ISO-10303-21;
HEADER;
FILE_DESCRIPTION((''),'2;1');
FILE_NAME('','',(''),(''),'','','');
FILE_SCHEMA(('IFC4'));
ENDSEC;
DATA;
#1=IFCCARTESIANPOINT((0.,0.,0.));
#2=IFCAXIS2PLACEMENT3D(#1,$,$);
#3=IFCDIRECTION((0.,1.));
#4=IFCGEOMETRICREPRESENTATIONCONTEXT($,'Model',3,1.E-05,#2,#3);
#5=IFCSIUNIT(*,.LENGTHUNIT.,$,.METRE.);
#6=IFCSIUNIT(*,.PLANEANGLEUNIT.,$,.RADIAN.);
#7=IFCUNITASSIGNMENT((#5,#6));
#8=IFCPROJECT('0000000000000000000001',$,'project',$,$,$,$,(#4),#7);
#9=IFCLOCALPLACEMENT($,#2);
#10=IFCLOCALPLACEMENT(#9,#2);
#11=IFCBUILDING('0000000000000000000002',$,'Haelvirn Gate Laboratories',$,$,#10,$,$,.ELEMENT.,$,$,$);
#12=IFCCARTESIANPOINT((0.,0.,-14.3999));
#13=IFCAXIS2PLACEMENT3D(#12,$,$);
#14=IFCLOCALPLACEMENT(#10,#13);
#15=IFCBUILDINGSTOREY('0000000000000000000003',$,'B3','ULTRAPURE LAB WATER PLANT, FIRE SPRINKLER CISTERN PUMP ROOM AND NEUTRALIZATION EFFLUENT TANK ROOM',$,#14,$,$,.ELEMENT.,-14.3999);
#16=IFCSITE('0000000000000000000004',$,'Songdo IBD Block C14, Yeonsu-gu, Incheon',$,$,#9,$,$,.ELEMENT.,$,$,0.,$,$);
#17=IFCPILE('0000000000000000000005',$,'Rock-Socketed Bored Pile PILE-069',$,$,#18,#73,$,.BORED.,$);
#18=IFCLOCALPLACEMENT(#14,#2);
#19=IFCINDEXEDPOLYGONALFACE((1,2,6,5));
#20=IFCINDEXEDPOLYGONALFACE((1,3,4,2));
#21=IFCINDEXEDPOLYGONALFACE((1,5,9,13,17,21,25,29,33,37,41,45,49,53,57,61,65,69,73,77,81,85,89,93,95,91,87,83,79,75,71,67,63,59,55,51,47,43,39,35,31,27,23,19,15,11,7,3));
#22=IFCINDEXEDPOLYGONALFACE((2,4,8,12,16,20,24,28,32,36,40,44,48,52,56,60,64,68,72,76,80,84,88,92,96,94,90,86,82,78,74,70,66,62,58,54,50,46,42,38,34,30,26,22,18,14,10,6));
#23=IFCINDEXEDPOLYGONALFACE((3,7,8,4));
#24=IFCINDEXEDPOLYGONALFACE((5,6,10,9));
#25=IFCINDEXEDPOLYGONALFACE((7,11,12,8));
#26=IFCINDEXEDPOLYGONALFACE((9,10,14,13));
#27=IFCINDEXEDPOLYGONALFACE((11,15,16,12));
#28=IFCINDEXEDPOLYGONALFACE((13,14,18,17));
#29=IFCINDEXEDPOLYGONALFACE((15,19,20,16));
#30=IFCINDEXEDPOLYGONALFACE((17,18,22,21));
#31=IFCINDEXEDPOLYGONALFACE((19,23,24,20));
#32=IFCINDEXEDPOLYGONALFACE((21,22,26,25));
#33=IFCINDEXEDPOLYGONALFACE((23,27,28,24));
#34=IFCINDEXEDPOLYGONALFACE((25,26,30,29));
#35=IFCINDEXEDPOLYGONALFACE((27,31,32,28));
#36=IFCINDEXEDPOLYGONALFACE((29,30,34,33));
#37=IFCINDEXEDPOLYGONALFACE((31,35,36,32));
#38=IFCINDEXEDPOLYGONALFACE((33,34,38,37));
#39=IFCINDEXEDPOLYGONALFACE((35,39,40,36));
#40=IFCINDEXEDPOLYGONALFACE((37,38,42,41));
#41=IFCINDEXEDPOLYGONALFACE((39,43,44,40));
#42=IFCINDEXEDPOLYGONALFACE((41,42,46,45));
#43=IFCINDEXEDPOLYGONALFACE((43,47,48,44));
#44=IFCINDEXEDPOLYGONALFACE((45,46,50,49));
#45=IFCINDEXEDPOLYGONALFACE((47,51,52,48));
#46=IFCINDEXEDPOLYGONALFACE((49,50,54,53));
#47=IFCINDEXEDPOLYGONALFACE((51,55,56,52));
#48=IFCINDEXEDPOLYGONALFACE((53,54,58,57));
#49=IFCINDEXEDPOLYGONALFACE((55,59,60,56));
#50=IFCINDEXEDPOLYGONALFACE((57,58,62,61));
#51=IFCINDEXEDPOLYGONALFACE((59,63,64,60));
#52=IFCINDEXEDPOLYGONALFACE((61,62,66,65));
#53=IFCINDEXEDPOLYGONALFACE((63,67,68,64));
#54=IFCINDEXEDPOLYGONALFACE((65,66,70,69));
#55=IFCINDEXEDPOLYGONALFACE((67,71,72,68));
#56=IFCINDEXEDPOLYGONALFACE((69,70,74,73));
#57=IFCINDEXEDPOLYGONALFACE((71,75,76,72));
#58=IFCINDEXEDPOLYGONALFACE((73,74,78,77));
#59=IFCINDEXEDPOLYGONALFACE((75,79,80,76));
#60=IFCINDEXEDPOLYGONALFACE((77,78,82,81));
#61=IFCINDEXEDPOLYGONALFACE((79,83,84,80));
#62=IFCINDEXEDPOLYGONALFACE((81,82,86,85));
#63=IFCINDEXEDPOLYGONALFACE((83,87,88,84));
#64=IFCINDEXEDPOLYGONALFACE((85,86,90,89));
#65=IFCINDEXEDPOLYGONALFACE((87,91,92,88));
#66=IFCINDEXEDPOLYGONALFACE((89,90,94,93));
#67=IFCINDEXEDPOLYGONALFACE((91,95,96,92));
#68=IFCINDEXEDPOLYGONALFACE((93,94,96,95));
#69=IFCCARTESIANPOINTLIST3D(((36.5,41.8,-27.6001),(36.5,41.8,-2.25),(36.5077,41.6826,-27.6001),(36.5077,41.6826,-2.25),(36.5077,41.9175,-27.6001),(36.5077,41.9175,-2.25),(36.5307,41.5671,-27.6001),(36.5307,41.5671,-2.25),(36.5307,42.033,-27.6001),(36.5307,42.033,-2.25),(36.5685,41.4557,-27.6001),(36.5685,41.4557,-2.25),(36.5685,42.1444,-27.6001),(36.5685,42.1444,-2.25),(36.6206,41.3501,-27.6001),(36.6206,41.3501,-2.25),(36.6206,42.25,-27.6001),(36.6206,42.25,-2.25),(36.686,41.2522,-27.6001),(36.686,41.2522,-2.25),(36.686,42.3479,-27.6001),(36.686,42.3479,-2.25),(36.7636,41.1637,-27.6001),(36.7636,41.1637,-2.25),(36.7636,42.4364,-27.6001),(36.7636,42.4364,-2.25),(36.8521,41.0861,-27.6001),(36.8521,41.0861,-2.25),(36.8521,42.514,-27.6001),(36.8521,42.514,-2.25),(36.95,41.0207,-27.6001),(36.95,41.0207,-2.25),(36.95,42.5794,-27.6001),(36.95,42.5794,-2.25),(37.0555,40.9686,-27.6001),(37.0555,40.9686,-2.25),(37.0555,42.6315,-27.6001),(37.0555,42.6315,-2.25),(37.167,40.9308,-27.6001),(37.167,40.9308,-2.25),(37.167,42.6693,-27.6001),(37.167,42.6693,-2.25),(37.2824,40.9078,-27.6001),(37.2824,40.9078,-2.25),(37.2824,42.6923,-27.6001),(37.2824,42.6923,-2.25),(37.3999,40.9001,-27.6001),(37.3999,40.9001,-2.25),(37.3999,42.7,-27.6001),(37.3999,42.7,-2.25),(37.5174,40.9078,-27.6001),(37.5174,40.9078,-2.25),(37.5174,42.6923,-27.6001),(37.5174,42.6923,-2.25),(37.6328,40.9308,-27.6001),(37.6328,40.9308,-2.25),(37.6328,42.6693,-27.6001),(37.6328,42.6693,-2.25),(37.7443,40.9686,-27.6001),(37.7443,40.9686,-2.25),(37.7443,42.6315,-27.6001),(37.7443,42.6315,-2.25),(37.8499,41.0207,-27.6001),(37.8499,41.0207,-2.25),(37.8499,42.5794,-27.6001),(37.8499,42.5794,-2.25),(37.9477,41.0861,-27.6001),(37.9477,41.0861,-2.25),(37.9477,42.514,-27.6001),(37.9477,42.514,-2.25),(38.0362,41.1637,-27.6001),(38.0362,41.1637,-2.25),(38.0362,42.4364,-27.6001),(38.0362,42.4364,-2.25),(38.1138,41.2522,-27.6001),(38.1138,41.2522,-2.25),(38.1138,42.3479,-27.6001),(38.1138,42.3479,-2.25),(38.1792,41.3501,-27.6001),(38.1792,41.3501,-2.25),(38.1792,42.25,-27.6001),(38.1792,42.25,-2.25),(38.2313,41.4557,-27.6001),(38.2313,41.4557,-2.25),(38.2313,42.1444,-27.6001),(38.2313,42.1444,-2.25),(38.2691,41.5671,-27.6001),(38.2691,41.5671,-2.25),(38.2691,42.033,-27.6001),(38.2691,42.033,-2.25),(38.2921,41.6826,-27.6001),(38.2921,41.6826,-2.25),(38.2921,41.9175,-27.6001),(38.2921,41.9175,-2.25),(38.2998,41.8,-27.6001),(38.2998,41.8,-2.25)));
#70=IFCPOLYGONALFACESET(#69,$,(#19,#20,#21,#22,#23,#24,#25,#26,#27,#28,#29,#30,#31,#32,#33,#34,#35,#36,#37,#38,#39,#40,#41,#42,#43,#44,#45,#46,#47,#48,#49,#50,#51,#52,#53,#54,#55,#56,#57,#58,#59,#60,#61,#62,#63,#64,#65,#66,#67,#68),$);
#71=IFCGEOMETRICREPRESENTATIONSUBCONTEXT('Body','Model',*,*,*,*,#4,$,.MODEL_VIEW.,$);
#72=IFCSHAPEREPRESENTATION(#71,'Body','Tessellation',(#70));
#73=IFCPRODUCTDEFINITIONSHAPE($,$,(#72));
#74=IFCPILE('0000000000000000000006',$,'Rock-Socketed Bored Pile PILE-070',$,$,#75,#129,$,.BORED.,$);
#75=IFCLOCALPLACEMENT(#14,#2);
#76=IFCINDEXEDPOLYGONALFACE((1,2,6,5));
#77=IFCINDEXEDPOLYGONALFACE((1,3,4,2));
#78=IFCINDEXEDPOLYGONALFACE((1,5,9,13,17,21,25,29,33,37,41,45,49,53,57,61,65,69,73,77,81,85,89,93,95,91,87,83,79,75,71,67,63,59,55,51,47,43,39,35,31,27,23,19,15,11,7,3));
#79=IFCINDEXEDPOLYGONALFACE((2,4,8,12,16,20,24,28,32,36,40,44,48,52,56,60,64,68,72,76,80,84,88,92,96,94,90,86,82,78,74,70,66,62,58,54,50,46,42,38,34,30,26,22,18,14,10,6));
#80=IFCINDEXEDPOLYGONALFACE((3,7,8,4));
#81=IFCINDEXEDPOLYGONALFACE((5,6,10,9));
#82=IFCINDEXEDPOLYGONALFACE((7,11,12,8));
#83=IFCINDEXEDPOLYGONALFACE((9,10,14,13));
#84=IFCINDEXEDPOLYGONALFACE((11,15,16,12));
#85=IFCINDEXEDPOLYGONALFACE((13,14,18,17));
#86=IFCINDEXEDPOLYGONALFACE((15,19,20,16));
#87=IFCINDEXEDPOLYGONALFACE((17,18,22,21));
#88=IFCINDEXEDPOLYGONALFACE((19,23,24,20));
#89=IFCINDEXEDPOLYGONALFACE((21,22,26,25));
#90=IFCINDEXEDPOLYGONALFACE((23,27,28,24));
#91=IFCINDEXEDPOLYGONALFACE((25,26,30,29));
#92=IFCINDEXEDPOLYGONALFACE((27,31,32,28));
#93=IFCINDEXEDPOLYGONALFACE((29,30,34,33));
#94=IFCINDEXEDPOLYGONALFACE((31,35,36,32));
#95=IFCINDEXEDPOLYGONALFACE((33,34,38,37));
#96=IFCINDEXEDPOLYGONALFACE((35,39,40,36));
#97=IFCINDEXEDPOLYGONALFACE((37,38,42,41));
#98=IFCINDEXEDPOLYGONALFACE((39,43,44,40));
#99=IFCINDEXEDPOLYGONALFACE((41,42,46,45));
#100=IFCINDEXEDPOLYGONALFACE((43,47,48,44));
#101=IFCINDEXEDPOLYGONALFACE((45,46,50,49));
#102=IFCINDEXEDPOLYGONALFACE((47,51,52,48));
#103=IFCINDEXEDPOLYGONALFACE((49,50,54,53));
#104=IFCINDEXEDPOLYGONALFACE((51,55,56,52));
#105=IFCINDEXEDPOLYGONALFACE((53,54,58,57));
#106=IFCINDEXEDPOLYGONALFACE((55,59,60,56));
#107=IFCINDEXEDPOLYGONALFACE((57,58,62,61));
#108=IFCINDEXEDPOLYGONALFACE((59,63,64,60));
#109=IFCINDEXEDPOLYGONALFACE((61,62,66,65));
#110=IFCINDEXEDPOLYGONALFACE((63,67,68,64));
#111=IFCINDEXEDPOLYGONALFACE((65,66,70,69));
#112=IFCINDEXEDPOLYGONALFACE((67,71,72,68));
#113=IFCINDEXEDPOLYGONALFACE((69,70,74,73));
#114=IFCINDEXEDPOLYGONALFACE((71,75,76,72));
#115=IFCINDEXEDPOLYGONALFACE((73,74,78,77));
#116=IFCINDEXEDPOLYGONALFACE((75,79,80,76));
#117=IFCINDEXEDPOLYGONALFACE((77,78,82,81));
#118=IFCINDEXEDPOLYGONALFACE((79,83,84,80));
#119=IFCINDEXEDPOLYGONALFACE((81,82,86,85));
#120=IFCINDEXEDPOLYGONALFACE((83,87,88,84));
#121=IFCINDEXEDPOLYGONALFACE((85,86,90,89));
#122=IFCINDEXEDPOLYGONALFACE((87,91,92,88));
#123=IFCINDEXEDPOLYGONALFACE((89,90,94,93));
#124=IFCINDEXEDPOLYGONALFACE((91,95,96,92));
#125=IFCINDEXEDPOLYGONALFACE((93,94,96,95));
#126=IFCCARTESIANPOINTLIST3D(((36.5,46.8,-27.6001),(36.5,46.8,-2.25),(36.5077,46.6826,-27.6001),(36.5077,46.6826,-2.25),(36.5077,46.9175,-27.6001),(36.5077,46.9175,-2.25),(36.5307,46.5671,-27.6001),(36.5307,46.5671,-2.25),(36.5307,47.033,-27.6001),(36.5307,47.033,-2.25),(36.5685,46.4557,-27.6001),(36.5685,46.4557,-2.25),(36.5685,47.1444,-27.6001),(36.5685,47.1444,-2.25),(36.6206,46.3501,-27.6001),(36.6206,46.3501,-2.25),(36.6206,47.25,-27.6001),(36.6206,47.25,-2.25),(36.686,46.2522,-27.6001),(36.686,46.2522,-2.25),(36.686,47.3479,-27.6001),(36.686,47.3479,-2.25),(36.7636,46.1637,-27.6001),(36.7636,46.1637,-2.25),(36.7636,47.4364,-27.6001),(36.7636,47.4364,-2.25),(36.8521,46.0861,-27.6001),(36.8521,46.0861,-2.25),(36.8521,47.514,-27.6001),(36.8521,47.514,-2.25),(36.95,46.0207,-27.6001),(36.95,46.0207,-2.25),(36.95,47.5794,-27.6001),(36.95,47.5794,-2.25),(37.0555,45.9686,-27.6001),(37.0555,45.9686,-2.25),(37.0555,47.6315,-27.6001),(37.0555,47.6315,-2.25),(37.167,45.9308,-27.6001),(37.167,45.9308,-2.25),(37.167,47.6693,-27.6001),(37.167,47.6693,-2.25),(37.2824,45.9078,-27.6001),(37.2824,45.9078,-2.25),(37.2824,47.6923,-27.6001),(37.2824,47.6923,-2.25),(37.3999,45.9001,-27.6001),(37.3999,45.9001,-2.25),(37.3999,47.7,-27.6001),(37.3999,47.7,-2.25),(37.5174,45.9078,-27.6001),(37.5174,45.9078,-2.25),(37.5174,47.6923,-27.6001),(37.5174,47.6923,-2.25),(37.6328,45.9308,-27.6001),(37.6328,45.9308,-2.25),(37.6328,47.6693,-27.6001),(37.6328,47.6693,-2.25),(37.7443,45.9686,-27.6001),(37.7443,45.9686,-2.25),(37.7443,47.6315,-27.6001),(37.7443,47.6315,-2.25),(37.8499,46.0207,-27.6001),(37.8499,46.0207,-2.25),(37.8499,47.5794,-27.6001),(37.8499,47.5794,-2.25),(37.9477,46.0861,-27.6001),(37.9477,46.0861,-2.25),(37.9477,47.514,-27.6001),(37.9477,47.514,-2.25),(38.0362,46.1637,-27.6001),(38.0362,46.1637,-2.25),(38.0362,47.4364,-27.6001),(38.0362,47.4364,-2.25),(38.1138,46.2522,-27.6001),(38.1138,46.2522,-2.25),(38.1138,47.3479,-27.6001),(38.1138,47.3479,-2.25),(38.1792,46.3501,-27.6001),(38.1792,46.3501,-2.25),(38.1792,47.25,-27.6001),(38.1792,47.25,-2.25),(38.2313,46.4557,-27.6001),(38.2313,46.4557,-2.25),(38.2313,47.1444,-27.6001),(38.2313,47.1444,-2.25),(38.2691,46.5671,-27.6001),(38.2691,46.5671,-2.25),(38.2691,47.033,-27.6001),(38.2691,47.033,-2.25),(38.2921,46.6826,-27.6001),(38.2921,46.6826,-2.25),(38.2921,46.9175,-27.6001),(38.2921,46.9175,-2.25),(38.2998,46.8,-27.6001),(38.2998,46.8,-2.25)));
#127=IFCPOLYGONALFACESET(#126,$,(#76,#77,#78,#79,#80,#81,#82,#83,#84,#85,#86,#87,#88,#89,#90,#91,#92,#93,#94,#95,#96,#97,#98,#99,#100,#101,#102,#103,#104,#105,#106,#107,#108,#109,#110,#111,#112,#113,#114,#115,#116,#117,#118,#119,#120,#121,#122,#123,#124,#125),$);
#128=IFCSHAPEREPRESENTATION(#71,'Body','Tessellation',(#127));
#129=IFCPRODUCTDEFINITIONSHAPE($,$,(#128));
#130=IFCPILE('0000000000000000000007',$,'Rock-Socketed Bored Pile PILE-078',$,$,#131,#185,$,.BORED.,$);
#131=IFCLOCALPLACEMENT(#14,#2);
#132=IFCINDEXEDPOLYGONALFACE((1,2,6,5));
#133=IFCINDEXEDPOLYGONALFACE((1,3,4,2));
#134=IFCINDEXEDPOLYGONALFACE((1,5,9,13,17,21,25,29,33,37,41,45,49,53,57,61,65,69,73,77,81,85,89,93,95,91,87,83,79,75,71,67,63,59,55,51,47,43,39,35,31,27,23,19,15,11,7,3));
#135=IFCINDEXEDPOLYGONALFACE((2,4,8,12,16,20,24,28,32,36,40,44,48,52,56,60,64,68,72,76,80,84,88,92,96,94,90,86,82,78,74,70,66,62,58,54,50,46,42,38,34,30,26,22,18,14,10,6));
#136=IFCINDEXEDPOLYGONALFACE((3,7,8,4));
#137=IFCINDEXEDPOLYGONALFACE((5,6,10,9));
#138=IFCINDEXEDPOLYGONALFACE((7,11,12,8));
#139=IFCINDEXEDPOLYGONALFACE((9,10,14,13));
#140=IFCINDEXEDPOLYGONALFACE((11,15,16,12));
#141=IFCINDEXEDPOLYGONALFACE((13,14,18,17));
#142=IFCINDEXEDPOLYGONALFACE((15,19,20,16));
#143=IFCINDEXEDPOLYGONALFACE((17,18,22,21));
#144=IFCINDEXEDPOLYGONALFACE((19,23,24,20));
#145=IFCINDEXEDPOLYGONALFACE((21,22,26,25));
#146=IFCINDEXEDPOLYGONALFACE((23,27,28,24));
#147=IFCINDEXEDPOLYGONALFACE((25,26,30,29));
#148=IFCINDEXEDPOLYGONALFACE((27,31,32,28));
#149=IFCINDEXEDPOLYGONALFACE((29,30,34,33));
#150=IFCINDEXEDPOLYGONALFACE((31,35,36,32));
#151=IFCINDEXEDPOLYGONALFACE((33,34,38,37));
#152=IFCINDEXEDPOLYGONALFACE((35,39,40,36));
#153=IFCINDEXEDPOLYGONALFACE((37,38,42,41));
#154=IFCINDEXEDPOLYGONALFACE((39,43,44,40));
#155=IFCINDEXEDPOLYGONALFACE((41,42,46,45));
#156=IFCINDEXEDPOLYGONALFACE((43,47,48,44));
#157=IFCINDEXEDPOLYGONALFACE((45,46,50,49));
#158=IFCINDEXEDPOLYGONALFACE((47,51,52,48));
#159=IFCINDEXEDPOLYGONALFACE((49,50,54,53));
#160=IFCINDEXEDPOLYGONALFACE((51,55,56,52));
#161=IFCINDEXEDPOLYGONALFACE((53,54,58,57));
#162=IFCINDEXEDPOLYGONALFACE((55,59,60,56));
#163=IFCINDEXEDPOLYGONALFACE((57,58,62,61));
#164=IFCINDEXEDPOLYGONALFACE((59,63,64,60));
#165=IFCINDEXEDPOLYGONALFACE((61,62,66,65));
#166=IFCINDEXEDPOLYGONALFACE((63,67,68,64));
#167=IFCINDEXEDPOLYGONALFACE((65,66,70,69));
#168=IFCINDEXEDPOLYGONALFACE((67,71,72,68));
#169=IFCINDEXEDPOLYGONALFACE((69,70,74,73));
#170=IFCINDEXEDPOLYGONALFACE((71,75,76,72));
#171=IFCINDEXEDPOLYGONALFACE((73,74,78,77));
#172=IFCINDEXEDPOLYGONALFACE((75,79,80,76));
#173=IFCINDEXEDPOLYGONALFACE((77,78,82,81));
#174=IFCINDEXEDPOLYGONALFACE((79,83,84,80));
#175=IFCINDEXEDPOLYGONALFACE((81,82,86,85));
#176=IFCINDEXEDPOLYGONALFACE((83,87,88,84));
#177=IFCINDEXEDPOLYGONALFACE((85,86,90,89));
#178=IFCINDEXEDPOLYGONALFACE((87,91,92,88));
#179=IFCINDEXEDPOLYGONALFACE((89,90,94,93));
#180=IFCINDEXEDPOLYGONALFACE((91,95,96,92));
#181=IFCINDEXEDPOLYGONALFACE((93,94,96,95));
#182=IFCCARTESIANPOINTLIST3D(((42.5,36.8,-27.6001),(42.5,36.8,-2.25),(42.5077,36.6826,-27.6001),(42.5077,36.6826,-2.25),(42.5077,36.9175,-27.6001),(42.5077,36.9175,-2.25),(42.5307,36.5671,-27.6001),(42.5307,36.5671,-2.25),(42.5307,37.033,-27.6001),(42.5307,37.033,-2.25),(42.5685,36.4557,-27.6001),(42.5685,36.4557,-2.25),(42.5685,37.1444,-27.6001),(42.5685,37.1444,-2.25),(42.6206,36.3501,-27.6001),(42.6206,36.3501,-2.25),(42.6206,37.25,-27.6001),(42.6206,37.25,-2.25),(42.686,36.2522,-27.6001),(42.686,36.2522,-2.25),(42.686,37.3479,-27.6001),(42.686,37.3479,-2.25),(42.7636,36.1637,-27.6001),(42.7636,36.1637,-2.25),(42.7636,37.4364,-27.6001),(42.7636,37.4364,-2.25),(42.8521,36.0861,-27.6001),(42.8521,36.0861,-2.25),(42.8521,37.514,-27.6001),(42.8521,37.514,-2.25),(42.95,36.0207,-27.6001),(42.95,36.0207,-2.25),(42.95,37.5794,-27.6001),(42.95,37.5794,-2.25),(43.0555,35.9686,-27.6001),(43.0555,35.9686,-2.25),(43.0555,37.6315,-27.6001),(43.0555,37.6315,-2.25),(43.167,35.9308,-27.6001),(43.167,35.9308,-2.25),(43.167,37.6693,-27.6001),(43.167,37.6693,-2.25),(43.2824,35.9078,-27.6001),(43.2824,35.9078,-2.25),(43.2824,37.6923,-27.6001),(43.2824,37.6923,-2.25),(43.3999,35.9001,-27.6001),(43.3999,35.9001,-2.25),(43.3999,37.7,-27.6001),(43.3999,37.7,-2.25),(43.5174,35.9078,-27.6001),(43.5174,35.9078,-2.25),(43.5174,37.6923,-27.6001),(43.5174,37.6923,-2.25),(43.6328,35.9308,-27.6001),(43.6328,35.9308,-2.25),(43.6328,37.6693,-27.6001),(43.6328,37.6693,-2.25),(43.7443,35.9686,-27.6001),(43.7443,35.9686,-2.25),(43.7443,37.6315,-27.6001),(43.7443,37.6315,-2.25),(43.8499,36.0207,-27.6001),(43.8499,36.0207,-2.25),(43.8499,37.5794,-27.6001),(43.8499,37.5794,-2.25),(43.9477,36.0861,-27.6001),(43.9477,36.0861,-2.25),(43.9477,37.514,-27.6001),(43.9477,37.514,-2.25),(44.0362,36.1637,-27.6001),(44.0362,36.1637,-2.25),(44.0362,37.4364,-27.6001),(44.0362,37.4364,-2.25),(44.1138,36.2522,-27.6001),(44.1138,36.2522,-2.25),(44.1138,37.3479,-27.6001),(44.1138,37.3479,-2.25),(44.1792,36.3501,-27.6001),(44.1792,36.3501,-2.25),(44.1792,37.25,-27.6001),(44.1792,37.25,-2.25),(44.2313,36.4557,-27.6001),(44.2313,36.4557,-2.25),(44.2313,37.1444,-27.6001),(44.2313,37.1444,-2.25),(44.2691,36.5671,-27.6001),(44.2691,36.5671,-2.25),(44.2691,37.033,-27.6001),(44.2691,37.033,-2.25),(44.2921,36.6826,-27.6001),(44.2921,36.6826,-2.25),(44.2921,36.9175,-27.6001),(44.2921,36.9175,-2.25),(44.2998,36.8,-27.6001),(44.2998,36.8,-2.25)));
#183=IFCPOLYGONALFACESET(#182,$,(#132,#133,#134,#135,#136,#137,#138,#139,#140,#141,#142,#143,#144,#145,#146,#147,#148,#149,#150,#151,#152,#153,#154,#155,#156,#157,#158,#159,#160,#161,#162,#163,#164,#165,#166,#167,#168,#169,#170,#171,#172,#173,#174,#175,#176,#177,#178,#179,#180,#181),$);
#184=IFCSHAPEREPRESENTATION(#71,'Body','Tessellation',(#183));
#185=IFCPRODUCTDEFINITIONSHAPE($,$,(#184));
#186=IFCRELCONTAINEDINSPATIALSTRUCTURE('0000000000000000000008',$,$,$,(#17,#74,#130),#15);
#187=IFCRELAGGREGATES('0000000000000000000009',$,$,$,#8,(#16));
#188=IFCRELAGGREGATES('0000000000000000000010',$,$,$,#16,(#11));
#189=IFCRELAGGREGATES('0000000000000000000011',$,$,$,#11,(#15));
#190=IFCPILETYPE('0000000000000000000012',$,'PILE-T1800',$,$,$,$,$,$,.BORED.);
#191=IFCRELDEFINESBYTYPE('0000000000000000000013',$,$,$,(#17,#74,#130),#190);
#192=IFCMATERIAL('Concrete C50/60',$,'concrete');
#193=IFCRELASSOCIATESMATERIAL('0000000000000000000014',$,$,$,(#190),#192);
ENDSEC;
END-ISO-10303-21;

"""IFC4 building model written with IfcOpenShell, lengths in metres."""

from ifc_helpers import new_model, si_unit, direction, frame, origin, origin_2d, place, context, subcontext, project, spatial, circle, extrude, source, transform, mapped, material, material_profile, profile_set, type_object, element, save


model = new_model("IFC4")

# Units and contexts
model_context = context("Model", 3, precision=1e-05, world=origin(), true_north=direction((0.0, 1.0)))
body_context = subcontext(model_context, "Body", "Model", "MODEL_VIEW")
ifc_project = project(units=[si_unit("LENGTHUNIT", "METRE"), si_unit("PLANEANGLEUNIT", "RADIAN")], contexts=[model_context])

# Site, building, storey
site_placement = place(None, origin())
site = spatial("IfcSite", under=ifc_project, at=site_placement, Name="Songdo IBD Block C14, Yeonsu-gu, Incheon", CompositionType="ELEMENT", RefElevation=0.0)
building_placement = place(site_placement, origin())
building = spatial("IfcBuilding", under=site, at=building_placement, Name="Haelvirn Gate Laboratories", CompositionType="ELEMENT")
storey_placement = place(building_placement, frame((0.0, 0.0, -14.3999)))
storey = spatial("IfcBuildingStorey", under=building, at=storey_placement, Name="B3", Description="ULTRAPURE LAB WATER PLANT, FIRE SPRINKLER CISTERN PUMP ROOM AND NEUTRALIZATION EFFLUENT TANK ROOM", CompositionType="ELEMENT", Elevation=-14.3999)

# Piles
ifc_material_1 = material(Name="Concrete C50/60", Category="concrete")
ifc_material_profile_1 = material_profile(ifc_material_1, circle(Radius=0.8999, at=origin_2d()), Name="PILE-D1800")
ifc_profile_set_1 = profile_set([ifc_material_profile_1], Name="Concrete C50/60")
pile_type = type_object("IfcPileType", Name="PILE-T1800", PredefinedType="BORED", material=ifc_profile_set_1)
shared_shape_1 = source(origin(), body_context, "Body", "SweptSolid", [
    extrude(circle(Radius=0.8999, at=origin_2d()), origin(), (0.0, 0.0, 1.0), 25.3501),
])
for number, where, z_axis, x_axis, name in (
    (1, (37.3999, 41.8, -2.25), (0.0, 0.0, -1.0), (1.0, 0.0, 0.0), "Rock-Socketed Bored Pile PILE-069"),
    (2, (37.3999, 46.8, -2.25), (0.0, 0.0, -1.0), (1.0, 0.0, 0.0), "Rock-Socketed Bored Pile PILE-070"),
    (3, (43.3999, 36.8, -2.25), (0.0, 0.0, -1.0), (1.0, 0.0, 0.0), "Rock-Socketed Bored Pile PILE-078"),
):
    element("IfcPile", number, at=place(storey_placement, frame(where, z_axis=z_axis, x_axis=x_axis)), inside=storey, type_object=pile_type, Name=name, PredefinedType="BORED", context=body_context, shape_type="MappedRepresentation", body=[
        mapped(shared_shape_1, transform((0.0, 0.0, 0.0), scale=1.0)),
    ])

save(model, "model.ifc")
